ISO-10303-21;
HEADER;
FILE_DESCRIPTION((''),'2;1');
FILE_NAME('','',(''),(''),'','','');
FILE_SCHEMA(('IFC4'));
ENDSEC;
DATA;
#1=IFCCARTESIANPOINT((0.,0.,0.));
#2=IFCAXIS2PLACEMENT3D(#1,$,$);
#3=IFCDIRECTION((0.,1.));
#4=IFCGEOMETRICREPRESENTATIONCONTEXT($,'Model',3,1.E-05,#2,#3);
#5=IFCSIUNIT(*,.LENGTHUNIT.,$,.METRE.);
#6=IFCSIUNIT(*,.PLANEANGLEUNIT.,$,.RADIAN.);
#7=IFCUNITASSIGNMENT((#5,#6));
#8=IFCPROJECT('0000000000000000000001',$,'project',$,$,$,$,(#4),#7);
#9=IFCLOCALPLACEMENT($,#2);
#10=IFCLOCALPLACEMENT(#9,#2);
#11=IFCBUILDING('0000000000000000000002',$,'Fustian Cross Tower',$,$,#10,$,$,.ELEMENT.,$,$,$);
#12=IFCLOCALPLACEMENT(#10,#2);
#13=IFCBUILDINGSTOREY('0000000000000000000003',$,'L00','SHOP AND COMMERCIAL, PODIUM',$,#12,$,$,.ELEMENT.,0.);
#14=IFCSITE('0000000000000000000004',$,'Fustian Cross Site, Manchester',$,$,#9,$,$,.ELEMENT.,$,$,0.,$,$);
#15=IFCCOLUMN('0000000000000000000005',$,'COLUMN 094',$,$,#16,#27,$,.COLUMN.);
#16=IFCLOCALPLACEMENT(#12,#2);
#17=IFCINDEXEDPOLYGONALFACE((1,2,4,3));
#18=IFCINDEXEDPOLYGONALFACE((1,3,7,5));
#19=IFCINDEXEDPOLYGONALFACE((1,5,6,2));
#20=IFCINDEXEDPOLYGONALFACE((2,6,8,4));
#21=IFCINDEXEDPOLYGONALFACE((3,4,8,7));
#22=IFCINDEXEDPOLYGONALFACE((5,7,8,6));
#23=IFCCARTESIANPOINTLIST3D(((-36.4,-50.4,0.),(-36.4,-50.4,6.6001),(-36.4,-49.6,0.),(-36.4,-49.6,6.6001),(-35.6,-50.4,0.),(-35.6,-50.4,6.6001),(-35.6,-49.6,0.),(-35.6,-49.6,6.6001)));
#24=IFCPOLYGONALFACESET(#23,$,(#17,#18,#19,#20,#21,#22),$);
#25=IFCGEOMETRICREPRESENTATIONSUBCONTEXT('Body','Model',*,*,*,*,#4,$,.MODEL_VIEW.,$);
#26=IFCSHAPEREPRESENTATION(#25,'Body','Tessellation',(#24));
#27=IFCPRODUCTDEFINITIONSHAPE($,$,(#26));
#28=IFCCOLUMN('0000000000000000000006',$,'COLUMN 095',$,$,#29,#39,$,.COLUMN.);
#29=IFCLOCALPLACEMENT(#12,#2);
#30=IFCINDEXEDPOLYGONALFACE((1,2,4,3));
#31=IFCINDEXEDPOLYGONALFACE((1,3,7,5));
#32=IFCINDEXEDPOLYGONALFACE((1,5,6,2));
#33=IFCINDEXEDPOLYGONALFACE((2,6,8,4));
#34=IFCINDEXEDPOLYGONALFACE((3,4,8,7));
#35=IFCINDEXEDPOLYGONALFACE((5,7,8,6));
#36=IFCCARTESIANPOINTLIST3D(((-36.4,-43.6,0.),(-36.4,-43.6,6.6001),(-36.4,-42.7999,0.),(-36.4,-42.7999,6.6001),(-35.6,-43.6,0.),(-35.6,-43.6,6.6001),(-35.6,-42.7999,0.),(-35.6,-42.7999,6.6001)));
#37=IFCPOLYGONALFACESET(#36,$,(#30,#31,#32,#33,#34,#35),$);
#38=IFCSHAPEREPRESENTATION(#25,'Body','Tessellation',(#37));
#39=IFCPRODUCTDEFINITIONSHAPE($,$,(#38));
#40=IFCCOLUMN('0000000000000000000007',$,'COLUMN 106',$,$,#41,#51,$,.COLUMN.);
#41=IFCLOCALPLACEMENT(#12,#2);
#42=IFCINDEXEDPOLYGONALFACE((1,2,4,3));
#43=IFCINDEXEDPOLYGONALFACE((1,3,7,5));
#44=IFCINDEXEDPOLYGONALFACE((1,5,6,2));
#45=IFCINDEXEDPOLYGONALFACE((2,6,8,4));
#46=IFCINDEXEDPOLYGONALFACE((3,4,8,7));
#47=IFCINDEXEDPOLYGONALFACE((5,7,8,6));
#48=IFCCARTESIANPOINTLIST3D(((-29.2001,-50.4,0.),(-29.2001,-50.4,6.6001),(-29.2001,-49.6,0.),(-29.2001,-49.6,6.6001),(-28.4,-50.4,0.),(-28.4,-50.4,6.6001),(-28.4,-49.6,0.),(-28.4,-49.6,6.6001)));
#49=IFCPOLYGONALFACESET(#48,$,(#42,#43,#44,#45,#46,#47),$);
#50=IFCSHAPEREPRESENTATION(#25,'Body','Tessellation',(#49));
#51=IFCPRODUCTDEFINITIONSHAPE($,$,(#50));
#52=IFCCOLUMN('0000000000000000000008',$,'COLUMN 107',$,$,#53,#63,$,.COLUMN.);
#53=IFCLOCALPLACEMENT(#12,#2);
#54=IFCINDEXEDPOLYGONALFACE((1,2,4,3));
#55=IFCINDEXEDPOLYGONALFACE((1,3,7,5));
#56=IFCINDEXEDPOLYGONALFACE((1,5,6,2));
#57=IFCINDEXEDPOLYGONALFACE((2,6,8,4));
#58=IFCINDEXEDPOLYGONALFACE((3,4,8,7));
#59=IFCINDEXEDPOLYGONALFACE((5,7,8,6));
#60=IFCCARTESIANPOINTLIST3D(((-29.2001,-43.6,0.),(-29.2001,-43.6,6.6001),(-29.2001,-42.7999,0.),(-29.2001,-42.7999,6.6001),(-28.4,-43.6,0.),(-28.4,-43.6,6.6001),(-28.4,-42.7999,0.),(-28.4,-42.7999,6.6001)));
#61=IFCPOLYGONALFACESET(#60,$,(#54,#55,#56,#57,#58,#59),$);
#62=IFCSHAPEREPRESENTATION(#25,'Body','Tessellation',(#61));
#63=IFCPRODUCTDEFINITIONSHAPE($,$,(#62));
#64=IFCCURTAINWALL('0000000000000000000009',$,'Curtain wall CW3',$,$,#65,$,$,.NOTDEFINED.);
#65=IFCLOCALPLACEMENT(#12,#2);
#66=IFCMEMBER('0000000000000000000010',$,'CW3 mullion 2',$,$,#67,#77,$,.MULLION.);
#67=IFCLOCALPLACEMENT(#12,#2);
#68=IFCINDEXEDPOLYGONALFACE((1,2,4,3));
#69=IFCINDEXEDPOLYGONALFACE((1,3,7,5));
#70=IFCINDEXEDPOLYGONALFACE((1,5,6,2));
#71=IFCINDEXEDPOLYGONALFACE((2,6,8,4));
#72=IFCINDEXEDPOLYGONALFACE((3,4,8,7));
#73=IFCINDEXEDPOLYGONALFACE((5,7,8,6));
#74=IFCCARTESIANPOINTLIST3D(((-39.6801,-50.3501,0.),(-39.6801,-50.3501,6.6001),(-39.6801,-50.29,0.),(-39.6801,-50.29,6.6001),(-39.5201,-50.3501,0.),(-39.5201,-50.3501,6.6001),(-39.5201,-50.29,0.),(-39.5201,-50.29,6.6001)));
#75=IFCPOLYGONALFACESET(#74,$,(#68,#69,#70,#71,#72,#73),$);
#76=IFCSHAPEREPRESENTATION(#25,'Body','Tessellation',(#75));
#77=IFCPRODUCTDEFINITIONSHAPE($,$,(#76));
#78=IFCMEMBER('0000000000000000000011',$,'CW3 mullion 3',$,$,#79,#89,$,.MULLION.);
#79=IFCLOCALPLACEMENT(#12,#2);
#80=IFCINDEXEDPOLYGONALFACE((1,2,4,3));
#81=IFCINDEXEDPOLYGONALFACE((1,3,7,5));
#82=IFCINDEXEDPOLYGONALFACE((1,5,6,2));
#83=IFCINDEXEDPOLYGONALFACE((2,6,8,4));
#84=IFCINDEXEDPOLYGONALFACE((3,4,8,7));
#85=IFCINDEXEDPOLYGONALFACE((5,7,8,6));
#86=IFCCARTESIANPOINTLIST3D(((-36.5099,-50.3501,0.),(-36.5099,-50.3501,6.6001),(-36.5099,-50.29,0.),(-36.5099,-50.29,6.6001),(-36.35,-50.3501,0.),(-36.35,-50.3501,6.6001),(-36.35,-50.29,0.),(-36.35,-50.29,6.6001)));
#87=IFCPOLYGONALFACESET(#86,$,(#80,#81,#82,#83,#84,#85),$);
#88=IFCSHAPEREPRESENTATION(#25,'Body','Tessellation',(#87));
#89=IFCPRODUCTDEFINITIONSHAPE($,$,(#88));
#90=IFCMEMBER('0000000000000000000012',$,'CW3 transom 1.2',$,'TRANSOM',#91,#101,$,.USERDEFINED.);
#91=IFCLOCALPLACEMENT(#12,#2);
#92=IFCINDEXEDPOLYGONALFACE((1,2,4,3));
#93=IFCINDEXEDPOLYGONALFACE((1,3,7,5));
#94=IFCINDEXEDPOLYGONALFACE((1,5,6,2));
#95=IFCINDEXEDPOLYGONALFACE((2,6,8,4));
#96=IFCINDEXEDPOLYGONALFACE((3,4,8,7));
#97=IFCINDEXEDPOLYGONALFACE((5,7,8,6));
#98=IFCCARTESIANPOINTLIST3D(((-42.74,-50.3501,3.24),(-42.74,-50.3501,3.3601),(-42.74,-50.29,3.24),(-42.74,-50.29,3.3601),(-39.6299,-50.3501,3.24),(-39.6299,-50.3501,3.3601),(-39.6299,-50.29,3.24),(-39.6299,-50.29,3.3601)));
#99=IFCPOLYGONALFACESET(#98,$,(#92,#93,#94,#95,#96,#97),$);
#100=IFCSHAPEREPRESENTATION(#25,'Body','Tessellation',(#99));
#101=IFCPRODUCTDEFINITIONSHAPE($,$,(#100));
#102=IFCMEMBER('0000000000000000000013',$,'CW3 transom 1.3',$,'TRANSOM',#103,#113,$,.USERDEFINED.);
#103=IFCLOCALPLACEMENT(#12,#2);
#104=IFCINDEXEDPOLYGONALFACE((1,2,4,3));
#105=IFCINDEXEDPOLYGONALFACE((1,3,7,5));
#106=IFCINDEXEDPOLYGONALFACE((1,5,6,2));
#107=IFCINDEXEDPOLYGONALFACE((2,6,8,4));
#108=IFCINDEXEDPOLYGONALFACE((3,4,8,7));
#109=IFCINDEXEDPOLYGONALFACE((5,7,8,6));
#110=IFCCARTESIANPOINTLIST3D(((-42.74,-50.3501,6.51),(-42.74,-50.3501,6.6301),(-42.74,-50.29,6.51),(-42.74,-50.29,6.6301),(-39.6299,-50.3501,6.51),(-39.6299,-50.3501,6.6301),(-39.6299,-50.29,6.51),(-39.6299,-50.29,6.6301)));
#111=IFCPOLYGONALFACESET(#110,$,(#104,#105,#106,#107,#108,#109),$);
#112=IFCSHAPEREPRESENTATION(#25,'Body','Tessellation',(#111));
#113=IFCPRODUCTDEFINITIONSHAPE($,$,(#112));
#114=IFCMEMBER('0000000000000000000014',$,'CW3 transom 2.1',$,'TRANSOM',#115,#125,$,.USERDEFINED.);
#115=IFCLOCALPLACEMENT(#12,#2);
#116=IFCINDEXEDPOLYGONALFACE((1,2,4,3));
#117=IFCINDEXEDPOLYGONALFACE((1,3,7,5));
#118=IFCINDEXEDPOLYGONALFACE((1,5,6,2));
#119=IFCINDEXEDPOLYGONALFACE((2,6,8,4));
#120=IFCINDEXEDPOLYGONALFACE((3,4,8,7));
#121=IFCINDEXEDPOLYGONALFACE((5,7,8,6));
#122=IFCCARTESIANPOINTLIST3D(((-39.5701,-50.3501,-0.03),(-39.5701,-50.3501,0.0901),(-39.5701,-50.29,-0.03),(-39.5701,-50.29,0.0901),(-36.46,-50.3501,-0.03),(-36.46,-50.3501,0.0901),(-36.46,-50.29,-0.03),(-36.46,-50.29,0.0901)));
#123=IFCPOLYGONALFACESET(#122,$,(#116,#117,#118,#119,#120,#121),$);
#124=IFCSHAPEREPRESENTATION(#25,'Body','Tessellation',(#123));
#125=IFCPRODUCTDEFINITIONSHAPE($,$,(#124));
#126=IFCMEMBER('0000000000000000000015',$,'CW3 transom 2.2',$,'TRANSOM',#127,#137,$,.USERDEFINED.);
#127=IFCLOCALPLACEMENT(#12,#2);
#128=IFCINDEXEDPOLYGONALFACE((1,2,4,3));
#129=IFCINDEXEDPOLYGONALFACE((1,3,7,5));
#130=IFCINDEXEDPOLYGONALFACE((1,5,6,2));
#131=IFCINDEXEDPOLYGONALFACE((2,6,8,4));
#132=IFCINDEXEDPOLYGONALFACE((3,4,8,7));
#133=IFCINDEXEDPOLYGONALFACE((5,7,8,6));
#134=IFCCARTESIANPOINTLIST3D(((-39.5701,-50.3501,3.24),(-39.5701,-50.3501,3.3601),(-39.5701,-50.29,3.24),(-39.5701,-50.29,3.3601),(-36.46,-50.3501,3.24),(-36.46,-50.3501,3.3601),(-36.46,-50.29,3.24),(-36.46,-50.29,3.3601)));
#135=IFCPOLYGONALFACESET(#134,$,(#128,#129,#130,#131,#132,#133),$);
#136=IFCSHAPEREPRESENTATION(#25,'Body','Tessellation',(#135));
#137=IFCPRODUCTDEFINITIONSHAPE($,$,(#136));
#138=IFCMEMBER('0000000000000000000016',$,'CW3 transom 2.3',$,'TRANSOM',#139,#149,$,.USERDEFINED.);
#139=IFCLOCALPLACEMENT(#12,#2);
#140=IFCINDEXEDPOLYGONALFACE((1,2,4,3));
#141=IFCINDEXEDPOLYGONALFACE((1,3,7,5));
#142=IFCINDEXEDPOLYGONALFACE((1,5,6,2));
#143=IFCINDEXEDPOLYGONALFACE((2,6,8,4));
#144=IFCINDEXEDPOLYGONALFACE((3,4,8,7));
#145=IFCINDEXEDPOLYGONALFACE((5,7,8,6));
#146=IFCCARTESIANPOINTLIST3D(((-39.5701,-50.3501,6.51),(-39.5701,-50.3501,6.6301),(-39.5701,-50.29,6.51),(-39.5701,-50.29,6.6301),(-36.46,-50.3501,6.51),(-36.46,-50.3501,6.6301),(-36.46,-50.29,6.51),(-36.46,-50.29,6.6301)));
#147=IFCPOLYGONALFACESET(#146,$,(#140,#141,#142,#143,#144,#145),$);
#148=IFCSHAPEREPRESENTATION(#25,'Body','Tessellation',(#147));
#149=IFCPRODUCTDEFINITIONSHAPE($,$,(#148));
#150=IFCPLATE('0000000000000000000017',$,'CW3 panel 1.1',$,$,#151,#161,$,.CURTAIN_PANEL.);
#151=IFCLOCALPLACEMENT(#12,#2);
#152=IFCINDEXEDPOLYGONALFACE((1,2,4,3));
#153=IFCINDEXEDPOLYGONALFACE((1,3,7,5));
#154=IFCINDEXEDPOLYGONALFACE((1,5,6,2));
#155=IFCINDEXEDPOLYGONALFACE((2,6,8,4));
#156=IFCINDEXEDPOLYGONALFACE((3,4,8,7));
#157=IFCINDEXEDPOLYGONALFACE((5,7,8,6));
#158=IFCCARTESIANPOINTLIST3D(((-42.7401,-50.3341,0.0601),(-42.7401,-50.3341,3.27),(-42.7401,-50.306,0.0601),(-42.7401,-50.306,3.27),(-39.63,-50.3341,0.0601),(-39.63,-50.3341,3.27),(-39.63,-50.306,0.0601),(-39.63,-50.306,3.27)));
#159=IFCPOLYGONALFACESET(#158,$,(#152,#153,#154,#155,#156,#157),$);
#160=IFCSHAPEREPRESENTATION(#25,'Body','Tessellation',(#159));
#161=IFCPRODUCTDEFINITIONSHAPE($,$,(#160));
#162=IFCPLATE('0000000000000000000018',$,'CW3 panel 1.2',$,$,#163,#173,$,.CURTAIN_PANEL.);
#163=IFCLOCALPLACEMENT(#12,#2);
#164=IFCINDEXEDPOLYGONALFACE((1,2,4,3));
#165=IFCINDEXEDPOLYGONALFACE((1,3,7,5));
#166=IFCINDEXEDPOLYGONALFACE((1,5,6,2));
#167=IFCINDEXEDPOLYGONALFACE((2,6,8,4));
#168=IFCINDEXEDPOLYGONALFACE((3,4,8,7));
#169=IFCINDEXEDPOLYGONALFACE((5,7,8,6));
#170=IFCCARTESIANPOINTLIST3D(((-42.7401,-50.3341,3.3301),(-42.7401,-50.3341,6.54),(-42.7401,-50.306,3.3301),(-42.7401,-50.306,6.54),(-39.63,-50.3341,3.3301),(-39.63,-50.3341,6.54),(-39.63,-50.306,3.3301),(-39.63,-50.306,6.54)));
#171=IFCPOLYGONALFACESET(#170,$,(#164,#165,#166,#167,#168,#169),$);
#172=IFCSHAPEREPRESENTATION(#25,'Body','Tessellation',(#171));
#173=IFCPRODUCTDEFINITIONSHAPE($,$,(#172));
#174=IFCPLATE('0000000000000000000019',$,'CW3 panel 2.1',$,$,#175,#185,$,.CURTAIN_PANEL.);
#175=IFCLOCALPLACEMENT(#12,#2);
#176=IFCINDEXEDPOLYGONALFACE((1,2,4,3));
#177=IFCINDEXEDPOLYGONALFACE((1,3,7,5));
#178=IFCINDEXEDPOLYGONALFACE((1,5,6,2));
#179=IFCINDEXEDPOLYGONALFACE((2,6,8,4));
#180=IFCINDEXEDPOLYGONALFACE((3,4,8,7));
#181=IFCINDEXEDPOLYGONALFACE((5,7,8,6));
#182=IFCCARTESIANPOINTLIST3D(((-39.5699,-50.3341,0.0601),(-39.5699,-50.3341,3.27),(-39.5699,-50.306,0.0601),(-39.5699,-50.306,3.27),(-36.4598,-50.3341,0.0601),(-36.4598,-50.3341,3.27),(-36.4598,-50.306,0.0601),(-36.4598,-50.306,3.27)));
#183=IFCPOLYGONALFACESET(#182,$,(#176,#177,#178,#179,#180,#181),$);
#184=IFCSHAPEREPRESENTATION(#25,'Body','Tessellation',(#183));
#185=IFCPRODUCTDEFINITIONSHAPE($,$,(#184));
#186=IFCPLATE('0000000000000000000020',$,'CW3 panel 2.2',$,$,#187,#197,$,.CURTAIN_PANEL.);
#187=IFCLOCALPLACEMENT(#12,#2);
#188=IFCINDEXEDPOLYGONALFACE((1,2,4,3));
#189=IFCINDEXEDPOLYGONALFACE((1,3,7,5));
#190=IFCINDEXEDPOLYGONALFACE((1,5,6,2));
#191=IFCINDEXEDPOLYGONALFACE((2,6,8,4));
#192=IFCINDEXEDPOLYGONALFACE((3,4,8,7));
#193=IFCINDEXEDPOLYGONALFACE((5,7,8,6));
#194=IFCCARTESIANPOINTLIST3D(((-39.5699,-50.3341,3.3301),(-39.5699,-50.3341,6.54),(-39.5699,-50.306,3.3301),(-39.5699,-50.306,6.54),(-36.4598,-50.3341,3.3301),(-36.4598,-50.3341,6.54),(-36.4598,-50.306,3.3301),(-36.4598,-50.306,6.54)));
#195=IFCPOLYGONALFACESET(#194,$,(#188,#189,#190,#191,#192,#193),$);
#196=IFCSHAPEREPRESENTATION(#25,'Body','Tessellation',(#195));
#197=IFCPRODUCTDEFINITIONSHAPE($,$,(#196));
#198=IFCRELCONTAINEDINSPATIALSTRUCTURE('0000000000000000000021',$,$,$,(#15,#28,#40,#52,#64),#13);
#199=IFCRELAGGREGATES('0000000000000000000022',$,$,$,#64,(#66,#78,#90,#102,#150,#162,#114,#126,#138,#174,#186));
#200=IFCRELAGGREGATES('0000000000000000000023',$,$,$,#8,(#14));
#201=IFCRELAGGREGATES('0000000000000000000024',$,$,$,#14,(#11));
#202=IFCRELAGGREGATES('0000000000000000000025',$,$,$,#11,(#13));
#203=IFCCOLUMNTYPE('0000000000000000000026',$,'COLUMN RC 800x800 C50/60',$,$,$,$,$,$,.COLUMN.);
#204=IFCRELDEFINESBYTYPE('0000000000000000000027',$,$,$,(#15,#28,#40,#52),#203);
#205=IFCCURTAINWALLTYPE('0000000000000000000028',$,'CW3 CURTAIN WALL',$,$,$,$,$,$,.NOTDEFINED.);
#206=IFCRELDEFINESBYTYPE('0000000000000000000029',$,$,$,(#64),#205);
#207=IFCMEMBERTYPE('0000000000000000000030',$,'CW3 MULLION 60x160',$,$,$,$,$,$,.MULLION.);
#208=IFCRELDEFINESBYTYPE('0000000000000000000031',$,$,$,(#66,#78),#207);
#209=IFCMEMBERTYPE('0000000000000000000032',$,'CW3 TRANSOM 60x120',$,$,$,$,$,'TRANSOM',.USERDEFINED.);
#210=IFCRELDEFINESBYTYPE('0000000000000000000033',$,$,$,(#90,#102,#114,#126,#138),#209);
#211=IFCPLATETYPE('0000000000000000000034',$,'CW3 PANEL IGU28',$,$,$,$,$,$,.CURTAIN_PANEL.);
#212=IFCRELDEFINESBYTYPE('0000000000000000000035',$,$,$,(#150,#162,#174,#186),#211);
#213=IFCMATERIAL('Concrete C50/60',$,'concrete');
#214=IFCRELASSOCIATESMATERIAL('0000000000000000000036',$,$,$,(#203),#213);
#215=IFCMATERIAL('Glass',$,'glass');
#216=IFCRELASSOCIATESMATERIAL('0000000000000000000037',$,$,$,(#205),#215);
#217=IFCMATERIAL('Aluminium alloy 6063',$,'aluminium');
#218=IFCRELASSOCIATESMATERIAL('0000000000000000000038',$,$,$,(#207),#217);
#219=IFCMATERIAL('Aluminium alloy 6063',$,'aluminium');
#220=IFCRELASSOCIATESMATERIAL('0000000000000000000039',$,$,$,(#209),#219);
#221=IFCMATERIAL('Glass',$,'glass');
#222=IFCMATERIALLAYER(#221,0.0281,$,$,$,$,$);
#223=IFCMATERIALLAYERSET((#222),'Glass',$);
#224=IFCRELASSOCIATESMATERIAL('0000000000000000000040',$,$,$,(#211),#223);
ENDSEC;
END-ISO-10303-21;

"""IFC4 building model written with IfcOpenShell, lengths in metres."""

from ifc_helpers import new_model, si_unit, direction, frame, origin, origin_2d, place, context, subcontext, project, spatial, rectangle, extrude, material, layer, layer_set, material_profile, profile_set, type_object, element, aggregate, save


model = new_model("IFC4")

# Units and contexts
model_context = context("Model", 3, precision=1e-05, world=origin(), true_north=direction((0.0, 1.0)))
body_context = subcontext(model_context, "Body", "Model", "MODEL_VIEW")
ifc_project = project(units=[si_unit("LENGTHUNIT", "METRE"), si_unit("PLANEANGLEUNIT", "RADIAN")], contexts=[model_context])

# Site, building, storey
site_placement = place(None, origin())
site = spatial("IfcSite", under=ifc_project, at=site_placement, Name="Fustian Cross Site, Manchester", CompositionType="ELEMENT", RefElevation=0.0)
building_placement = place(site_placement, origin())
building = spatial("IfcBuilding", under=site, at=building_placement, Name="Fustian Cross Tower", CompositionType="ELEMENT")
storey_placement = place(building_placement, origin())
storey = spatial("IfcBuildingStorey", under=building, at=storey_placement, Name="L00", Description="SHOP AND COMMERCIAL, PODIUM", CompositionType="ELEMENT", Elevation=0.0)

# Columns
ifc_material_1 = material(Name="Concrete C50/60", Category="concrete")
ifc_material_profile_1 = material_profile(ifc_material_1, rectangle(XDim=0.8, YDim=0.8, at=origin_2d()), Name="RC 800x800")
ifc_profile_set_1 = profile_set([ifc_material_profile_1], Name="Concrete C50/60")
column_type = type_object("IfcColumnType", Name="COLUMN RC 800x800 C50/60", PredefinedType="COLUMN", material=ifc_profile_set_1)
for number, where, z_axis, x_axis, name in (
    (1, (-36.0, -50.0, 0.0), (0.0, 0.0, 1.0), (1.0, 0.0, 0.0), "COLUMN 094"),
    (2, (-36.0, -43.2, 0.0), (0.0, 0.0, 1.0), (1.0, 0.0, 0.0), "COLUMN 095"),
    (3, (-28.8, -50.0, 0.0), (0.0, 0.0, 1.0), (1.0, 0.0, 0.0), "COLUMN 106"),
    (4, (-28.8, -43.2, 0.0), (0.0, 0.0, 1.0), (1.0, 0.0, 0.0), "COLUMN 107"),
):
    element("IfcColumn", number, at=place(storey_placement, frame(where, z_axis=z_axis, x_axis=x_axis)), inside=storey, type_object=column_type, Name=name, PredefinedType="COLUMN", context=body_context, shape_type="SweptSolid", body=[
        extrude(rectangle(XDim=0.8, YDim=0.8, at=origin_2d()), origin(), (0.0, 0.0, 1.0), 6.6001),
    ])

# Curtain wall, members, plates
ifc_material_2 = material(Name="Glass", Category="glass")
curtain_wall_type = type_object("IfcCurtainWallType", Name="CW3 CURTAIN WALL", PredefinedType="NOTDEFINED", material=ifc_material_2)
curtain_wall_placement = place(storey_placement, origin())
curtain_wall = element("IfcCurtainWall", 5, at=curtain_wall_placement, inside=storey, type_object=curtain_wall_type, Name="Curtain wall CW3", PredefinedType="NOTDEFINED")
ifc_material_3 = material(Name="Aluminium alloy 6063", Category="aluminium")
ifc_material_profile_2 = material_profile(ifc_material_3, rectangle(XDim=0.0601, YDim=0.1599, at=origin_2d()), Name="CW3 MULLION 60x160")
ifc_profile_set_2 = profile_set([ifc_material_profile_2], Name="Aluminium alloy 6063")
member_type_1 = type_object("IfcMemberType", Name="CW3 MULLION 60x160", PredefinedType="MULLION", material=ifc_profile_set_2)
member_1_placement = place(storey_placement, frame((-39.6001, -50.3201, 0.0), z_axis=(0.0, 0.0, 1.0), x_axis=(0.0, 1.0, 0.0)))
member_1 = element("IfcMember", 6, at=member_1_placement, type_object=member_type_1, Name="CW3 mullion 2", PredefinedType="MULLION", context=body_context, shape_type="SweptSolid", body=[
    extrude(rectangle(XDim=0.0601, YDim=0.1599, at=origin_2d()), origin(), (0.0, 0.0, 1.0), 6.6001),
])
member_2_placement = place(storey_placement, frame((-36.4299, -50.3201, 0.0), z_axis=(0.0, 0.0, 1.0), x_axis=(0.0, 1.0, 0.0)))
member_2 = element("IfcMember", 7, at=member_2_placement, type_object=member_type_1, Name="CW3 mullion 3", PredefinedType="MULLION", context=body_context, shape_type="SweptSolid", body=[
    extrude(rectangle(XDim=0.0601, YDim=0.1599, at=origin_2d()), origin(), (0.0, 0.0, 1.0), 6.6001),
])
ifc_material_4 = material(Name="Aluminium alloy 6063", Category="aluminium")
ifc_material_profile_3 = material_profile(ifc_material_4, rectangle(XDim=0.0601, YDim=0.1201, at=origin_2d()), Name="CW3 TRANSOM 60x120")
ifc_profile_set_3 = profile_set([ifc_material_profile_3], Name="Aluminium alloy 6063")
member_type_2 = type_object("IfcMemberType", Name="CW3 TRANSOM 60x120", ElementType="TRANSOM", PredefinedType="USERDEFINED", material=ifc_profile_set_3)
member_3_placement = place(storey_placement, frame((-42.74, -50.3201, 3.3), z_axis=(1.0, 0.0, 0.0), x_axis=(0.0, 1.0, 0.0)))
member_3 = element("IfcMember", 8, at=member_3_placement, type_object=member_type_2, Name="CW3 transom 1.2", ObjectType="TRANSOM", PredefinedType="USERDEFINED", context=body_context, shape_type="SweptSolid", body=[
    extrude(rectangle(XDim=0.0601, YDim=0.1201, at=origin_2d()), origin(), (0.0, 0.0, 1.0), 3.1101),
])
member_4_placement = place(storey_placement, frame((-42.74, -50.3201, 6.5701), z_axis=(1.0, 0.0, 0.0), x_axis=(0.0, 1.0, 0.0)))
member_4 = element("IfcMember", 9, at=member_4_placement, type_object=member_type_2, Name="CW3 transom 1.3", ObjectType="TRANSOM", PredefinedType="USERDEFINED", context=body_context, shape_type="SweptSolid", body=[
    extrude(rectangle(XDim=0.0601, YDim=0.1201, at=origin_2d()), origin(), (0.0, 0.0, 1.0), 3.1101),
])
member_5_placement = place(storey_placement, frame((-39.5701, -50.3201, 0.03), z_axis=(1.0, 0.0, 0.0), x_axis=(0.0, 1.0, 0.0)))
member_5 = element("IfcMember", 10, at=member_5_placement, type_object=member_type_2, Name="CW3 transom 2.1", ObjectType="TRANSOM", PredefinedType="USERDEFINED", context=body_context, shape_type="SweptSolid", body=[
    extrude(rectangle(XDim=0.0601, YDim=0.1201, at=origin_2d()), origin(), (0.0, 0.0, 1.0), 3.1101),
])
member_6_placement = place(storey_placement, frame((-39.5701, -50.3201, 3.3), z_axis=(1.0, 0.0, 0.0), x_axis=(0.0, 1.0, 0.0)))
member_6 = element("IfcMember", 11, at=member_6_placement, type_object=member_type_2, Name="CW3 transom 2.2", ObjectType="TRANSOM", PredefinedType="USERDEFINED", context=body_context, shape_type="SweptSolid", body=[
    extrude(rectangle(XDim=0.0601, YDim=0.1201, at=origin_2d()), origin(), (0.0, 0.0, 1.0), 3.1101),
])
member_7_placement = place(storey_placement, frame((-39.5701, -50.3201, 6.5701), z_axis=(1.0, 0.0, 0.0), x_axis=(0.0, 1.0, 0.0)))
member_7 = element("IfcMember", 12, at=member_7_placement, type_object=member_type_2, Name="CW3 transom 2.3", ObjectType="TRANSOM", PredefinedType="USERDEFINED", context=body_context, shape_type="SweptSolid", body=[
    extrude(rectangle(XDim=0.0601, YDim=0.1201, at=origin_2d()), origin(), (0.0, 0.0, 1.0), 3.1101),
])
ifc_material_5 = material(Name="Glass", Category="glass")
ifc_layer_1 = layer(ifc_material_5, 0.0281)
ifc_layer_set_1 = layer_set([ifc_layer_1], Name="Glass")
plate_type = type_object("IfcPlateType", Name="CW3 PANEL IGU28", PredefinedType="CURTAIN_PANEL", material=ifc_layer_set_1)
plate_1_placement = place(storey_placement, frame((-41.1851, -50.3201, 0.0601), z_axis=(0.0, 0.0, 1.0), x_axis=(1.0, 0.0, 0.0)))
plate_1 = element("IfcPlate", 13, at=plate_1_placement, type_object=plate_type, Name="CW3 panel 1.1", PredefinedType="CURTAIN_PANEL", context=body_context, shape_type="SweptSolid", body=[
    extrude(rectangle(XDim=3.1101, YDim=0.0281, at=origin_2d()), origin(), (0.0, 0.0, 1.0), 3.21),
])
plate_2_placement = place(storey_placement, frame((-41.1851, -50.3201, 3.3301), z_axis=(0.0, 0.0, 1.0), x_axis=(1.0, 0.0, 0.0)))
plate_2 = element("IfcPlate", 14, at=plate_2_placement, type_object=plate_type, Name="CW3 panel 1.2", PredefinedType="CURTAIN_PANEL", context=body_context, shape_type="SweptSolid", body=[
    extrude(rectangle(XDim=3.1101, YDim=0.0281, at=origin_2d()), origin(), (0.0, 0.0, 1.0), 3.21),
])
plate_3_placement = place(storey_placement, frame((-38.0149, -50.3201, 0.0601), z_axis=(0.0, 0.0, 1.0), x_axis=(1.0, 0.0, 0.0)))
plate_3 = element("IfcPlate", 15, at=plate_3_placement, type_object=plate_type, Name="CW3 panel 2.1", PredefinedType="CURTAIN_PANEL", context=body_context, shape_type="SweptSolid", body=[
    extrude(rectangle(XDim=3.1101, YDim=0.0281, at=origin_2d()), origin(), (0.0, 0.0, 1.0), 3.21),
])
plate_4_placement = place(storey_placement, frame((-38.0149, -50.3201, 3.3301), z_axis=(0.0, 0.0, 1.0), x_axis=(1.0, 0.0, 0.0)))
plate_4 = element("IfcPlate", 16, at=plate_4_placement, type_object=plate_type, Name="CW3 panel 2.2", PredefinedType="CURTAIN_PANEL", context=body_context, shape_type="SweptSolid", body=[
    extrude(rectangle(XDim=3.1101, YDim=0.0281, at=origin_2d()), origin(), (0.0, 0.0, 1.0), 3.21),
])
aggregate(curtain_wall, [member_1, member_2, member_3, member_4, plate_1, plate_2, member_5, member_6, member_7, plate_3, plate_4])

save(model, "model.ifc")
